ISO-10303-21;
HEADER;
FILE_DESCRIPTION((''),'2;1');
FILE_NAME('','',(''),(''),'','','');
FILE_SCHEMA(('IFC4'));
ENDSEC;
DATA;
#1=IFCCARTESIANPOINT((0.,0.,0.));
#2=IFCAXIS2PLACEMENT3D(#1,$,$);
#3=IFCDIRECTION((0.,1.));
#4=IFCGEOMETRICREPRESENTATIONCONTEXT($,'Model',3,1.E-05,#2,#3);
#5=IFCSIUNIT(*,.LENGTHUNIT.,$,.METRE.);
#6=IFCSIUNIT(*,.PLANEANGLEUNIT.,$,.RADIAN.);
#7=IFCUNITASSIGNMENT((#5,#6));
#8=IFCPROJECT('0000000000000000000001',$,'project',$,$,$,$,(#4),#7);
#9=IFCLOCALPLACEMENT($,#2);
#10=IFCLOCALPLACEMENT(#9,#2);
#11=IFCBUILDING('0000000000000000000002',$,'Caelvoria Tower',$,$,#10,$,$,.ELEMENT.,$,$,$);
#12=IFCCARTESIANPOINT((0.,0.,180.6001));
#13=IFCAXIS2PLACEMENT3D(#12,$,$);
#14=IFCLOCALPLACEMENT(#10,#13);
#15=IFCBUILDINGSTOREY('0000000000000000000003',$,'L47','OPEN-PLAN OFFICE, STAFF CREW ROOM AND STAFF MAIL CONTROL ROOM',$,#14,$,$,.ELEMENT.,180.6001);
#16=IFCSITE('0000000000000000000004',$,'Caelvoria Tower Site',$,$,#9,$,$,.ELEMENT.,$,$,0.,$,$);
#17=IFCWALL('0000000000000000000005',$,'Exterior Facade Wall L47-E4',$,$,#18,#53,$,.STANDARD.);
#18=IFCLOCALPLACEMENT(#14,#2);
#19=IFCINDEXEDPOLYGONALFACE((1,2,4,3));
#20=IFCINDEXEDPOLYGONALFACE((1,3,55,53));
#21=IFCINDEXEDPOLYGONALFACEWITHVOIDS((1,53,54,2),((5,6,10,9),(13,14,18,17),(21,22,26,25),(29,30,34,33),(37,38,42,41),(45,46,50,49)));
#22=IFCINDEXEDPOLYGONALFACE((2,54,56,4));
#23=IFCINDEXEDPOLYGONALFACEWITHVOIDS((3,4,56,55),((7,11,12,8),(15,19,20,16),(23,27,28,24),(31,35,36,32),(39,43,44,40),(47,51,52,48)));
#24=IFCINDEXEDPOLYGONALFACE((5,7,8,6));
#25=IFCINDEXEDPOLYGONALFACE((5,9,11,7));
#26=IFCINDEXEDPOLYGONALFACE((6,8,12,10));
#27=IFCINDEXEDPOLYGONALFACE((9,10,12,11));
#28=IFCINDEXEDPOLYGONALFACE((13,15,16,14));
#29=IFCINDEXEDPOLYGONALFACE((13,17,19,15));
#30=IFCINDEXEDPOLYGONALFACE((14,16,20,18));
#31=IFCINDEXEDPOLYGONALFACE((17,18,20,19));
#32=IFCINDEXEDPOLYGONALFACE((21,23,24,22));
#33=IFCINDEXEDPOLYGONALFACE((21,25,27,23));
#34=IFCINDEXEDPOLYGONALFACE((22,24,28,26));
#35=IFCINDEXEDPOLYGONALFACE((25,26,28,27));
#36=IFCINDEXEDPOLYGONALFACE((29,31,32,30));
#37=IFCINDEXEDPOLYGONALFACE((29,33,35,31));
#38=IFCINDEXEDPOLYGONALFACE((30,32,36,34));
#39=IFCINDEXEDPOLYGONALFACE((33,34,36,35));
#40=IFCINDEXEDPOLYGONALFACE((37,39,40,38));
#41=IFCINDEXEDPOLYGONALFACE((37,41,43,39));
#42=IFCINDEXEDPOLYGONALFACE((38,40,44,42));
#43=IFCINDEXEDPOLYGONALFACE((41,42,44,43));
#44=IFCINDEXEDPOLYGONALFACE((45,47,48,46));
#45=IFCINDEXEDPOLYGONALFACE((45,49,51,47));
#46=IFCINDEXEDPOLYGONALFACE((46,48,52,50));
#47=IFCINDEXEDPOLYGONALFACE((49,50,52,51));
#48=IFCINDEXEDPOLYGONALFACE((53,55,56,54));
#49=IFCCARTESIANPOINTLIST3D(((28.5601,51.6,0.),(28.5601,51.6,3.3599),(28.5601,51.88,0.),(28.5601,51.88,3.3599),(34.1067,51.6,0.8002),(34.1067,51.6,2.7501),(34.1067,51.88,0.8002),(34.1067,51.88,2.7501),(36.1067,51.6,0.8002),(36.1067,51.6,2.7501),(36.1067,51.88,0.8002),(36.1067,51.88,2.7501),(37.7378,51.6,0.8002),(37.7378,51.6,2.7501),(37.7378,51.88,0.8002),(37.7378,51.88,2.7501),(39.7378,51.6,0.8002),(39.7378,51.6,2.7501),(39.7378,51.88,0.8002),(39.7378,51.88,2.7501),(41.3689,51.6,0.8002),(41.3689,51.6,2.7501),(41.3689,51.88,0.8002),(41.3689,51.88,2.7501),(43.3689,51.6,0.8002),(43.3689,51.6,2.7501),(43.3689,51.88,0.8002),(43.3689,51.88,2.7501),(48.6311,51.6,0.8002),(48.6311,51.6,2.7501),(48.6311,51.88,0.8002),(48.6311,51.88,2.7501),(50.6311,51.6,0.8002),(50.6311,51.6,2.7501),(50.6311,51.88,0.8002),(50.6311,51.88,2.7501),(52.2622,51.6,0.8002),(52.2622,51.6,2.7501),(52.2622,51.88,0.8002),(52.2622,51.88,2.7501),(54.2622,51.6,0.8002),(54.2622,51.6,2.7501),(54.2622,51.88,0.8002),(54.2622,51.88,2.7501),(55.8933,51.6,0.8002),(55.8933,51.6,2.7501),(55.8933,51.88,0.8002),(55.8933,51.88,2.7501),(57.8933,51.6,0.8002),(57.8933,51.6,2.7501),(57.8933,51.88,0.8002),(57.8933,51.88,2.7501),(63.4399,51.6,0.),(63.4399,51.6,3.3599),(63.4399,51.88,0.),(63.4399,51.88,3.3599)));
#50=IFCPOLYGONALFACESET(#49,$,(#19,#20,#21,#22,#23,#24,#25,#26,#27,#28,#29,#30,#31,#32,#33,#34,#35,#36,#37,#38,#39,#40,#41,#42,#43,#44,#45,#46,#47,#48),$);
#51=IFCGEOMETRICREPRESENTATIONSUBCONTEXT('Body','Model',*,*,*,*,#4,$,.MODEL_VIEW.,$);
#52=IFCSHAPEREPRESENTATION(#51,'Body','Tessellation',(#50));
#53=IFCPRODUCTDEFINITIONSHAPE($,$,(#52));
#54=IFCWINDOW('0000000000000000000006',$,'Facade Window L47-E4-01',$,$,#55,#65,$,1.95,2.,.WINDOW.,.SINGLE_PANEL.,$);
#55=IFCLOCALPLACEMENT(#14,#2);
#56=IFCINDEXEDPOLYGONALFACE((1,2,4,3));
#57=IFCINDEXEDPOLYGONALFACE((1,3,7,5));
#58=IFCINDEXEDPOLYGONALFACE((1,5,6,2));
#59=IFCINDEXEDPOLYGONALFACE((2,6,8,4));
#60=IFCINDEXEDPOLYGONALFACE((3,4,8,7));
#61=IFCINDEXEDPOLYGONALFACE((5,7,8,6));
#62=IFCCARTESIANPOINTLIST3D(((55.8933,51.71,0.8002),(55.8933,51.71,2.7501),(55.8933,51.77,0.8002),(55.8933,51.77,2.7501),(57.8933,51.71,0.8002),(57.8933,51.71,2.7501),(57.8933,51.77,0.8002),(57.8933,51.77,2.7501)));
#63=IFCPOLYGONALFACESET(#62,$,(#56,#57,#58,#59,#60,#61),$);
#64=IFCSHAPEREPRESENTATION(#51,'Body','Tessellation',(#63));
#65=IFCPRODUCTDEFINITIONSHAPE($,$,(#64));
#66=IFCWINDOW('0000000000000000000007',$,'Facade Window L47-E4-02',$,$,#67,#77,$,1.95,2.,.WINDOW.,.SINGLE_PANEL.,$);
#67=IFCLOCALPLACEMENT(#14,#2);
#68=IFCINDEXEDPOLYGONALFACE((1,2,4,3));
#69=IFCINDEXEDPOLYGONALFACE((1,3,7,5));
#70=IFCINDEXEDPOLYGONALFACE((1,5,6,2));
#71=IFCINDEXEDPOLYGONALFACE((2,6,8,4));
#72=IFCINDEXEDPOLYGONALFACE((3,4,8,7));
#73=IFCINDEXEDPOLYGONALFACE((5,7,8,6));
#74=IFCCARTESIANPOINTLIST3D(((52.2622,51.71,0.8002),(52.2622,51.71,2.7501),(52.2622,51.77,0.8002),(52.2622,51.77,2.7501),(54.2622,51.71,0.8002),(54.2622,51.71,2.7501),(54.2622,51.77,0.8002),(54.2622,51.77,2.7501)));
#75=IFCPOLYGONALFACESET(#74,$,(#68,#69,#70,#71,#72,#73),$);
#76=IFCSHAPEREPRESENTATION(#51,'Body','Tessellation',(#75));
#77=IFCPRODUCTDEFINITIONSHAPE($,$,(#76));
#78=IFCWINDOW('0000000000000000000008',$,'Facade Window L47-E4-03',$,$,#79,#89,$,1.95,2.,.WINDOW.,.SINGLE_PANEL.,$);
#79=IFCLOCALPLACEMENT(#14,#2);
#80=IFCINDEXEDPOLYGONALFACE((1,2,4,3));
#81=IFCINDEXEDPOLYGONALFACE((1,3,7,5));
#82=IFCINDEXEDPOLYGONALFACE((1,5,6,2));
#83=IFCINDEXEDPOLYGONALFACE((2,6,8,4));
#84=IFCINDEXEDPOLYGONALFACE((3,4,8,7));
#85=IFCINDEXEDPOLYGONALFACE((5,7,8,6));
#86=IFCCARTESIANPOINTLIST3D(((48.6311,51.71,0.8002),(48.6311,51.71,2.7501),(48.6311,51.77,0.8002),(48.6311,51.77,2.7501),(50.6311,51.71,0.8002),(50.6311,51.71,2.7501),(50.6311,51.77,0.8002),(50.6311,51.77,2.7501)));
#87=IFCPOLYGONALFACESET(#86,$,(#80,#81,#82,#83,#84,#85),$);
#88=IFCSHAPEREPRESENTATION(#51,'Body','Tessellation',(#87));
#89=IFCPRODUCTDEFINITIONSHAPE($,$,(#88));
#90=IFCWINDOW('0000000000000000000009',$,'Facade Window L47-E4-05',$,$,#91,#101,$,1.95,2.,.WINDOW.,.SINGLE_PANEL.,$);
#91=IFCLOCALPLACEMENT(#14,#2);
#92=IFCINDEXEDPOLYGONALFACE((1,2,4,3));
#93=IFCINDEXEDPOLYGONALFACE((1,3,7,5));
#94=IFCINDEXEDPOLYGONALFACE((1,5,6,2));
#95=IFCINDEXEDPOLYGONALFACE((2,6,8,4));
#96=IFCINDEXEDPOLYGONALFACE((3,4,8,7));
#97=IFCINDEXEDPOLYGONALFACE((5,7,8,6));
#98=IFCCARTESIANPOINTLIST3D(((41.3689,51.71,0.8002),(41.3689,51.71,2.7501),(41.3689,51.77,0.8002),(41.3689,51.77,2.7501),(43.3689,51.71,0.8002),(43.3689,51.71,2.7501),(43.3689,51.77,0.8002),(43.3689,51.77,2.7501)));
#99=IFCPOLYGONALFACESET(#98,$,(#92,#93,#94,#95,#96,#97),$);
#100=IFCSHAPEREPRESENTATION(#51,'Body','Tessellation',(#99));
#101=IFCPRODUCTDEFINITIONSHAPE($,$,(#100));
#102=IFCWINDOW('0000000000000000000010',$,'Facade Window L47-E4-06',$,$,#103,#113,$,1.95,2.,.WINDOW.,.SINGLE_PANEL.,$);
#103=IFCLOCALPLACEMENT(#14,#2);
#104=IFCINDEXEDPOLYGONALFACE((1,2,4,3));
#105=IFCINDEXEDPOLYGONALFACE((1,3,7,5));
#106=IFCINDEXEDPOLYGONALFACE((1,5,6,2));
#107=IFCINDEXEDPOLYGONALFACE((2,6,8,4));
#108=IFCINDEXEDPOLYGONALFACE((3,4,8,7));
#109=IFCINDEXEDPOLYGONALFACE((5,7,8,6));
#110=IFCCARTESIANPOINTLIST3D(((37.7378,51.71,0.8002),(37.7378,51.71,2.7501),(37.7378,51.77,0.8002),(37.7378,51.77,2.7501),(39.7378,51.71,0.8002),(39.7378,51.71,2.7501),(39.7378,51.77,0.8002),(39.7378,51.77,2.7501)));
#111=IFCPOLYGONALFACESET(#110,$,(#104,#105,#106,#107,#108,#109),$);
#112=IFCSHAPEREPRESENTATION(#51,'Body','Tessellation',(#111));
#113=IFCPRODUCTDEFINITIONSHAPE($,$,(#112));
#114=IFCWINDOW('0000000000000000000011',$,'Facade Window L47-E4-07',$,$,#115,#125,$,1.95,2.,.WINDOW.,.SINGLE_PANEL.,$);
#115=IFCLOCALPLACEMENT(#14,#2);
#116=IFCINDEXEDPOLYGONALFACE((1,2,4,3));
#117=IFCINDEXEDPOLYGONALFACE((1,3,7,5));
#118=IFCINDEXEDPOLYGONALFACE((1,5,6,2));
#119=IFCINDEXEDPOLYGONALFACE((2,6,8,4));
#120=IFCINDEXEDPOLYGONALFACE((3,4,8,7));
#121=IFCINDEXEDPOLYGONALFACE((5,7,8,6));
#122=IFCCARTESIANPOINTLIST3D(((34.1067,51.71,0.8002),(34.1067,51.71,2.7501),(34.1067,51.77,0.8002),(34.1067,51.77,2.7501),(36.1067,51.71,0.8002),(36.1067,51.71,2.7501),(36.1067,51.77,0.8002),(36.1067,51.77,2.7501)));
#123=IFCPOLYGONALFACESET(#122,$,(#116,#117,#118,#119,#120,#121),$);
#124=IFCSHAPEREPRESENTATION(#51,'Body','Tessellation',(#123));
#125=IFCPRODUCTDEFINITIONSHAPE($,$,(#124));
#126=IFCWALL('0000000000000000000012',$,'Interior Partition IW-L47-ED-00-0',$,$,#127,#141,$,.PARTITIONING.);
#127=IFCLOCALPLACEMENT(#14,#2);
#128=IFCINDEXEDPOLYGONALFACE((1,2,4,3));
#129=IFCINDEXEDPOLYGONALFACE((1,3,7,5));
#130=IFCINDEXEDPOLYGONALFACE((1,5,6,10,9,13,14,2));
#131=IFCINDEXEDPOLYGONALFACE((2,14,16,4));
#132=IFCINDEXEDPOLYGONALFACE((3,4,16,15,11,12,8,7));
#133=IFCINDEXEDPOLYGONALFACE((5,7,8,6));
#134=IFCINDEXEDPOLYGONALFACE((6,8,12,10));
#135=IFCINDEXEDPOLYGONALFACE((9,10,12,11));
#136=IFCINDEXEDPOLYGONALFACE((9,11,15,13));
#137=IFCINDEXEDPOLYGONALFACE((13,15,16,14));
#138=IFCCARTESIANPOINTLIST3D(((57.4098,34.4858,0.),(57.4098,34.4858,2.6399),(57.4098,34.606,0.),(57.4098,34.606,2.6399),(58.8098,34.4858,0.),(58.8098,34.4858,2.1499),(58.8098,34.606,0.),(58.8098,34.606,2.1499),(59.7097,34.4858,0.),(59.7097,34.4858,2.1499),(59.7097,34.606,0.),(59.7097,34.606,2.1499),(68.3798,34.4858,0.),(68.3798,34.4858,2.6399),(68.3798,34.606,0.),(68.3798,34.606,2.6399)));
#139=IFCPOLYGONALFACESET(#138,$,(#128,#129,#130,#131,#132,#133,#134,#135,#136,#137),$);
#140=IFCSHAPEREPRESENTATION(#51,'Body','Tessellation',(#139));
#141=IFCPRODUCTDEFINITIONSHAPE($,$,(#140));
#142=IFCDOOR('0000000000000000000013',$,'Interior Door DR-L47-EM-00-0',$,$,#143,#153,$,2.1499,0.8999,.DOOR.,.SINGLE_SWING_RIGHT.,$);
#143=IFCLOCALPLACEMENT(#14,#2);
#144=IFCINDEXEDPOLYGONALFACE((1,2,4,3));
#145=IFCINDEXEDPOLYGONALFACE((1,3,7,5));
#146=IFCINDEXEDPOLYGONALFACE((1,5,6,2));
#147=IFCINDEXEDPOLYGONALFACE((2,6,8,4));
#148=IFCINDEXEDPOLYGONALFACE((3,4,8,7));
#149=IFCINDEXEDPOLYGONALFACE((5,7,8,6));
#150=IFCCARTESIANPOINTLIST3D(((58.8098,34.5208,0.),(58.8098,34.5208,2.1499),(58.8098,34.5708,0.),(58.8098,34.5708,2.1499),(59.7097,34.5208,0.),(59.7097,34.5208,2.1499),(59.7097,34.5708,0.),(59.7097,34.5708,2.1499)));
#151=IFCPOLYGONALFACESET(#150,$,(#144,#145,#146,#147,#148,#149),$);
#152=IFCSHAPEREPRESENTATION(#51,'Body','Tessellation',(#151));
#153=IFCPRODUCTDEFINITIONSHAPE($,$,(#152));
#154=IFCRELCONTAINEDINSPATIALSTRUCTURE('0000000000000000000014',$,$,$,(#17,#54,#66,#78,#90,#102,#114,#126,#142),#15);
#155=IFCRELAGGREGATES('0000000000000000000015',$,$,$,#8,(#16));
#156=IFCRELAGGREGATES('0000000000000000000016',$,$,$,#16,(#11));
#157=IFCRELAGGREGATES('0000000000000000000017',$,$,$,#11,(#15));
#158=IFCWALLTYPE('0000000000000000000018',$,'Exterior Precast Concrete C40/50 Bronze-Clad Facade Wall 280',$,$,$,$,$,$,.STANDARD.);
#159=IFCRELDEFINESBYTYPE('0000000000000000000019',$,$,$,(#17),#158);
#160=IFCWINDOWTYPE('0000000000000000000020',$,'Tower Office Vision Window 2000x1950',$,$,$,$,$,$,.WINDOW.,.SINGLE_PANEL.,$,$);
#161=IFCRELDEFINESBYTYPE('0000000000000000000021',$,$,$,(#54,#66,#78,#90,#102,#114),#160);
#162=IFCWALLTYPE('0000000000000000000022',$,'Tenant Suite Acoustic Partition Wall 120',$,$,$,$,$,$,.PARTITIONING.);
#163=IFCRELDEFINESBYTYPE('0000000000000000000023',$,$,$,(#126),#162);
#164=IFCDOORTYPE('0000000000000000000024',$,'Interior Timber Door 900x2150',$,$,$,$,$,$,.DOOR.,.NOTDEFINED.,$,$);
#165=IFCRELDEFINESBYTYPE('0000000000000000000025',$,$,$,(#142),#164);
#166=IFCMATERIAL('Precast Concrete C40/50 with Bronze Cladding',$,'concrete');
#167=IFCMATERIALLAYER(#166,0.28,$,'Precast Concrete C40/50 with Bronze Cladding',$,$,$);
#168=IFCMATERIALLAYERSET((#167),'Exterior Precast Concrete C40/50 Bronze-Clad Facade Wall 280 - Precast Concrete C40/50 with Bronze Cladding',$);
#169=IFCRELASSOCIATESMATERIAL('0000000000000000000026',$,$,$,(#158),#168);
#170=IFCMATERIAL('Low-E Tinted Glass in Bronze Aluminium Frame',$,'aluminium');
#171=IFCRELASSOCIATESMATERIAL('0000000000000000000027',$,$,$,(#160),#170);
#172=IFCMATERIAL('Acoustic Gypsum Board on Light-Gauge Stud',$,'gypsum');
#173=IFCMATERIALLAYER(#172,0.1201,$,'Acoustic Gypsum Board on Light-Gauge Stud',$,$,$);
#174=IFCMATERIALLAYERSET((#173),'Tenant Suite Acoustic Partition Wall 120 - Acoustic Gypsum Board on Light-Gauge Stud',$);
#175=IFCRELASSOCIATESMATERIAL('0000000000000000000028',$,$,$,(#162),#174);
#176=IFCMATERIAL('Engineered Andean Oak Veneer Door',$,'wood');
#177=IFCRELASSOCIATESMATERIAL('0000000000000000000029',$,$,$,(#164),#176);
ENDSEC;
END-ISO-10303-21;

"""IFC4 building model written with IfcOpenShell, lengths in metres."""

from ifc_helpers import new_model, si_unit, direction, frame, frame_2d, origin, place, context, subcontext, project, spatial, rectangle, extrude, material, layer, layer_set, type_object, element, fill, save


model = new_model("IFC4")

# Units and contexts
model_context = context("Model", 3, precision=1e-05, world=origin(), true_north=direction((0.0, 1.0)))
body_context = subcontext(model_context, "Body", "Model", "MODEL_VIEW")
ifc_project = project(units=[si_unit("LENGTHUNIT", "METRE"), si_unit("PLANEANGLEUNIT", "RADIAN")], contexts=[model_context])

# Site, building, storey
site_placement = place(None, origin())
site = spatial("IfcSite", under=ifc_project, at=site_placement, Name="Caelvoria Tower Site", CompositionType="ELEMENT", RefElevation=0.0)
building_placement = place(site_placement, origin())
building = spatial("IfcBuilding", under=site, at=building_placement, Name="Caelvoria Tower", CompositionType="ELEMENT")
storey_placement = place(building_placement, frame((0.0, 0.0, 180.6001)))
storey = spatial("IfcBuildingStorey", under=building, at=storey_placement, Name="L47", Description="OPEN-PLAN OFFICE, STAFF CREW ROOM AND STAFF MAIL CONTROL ROOM", CompositionType="ELEMENT", Elevation=180.6001)

# Shared definitions
ifc_material_1 = material(Name="Precast Concrete C40/50 with Bronze Cladding", Category="concrete")
ifc_layer_1 = layer(ifc_material_1, 0.28, Name="Precast Concrete C40/50 with Bronze Cladding")
ifc_layer_set_1 = layer_set([ifc_layer_1], Name="Exterior Precast Concrete C40/50 Bronze-Clad Facade Wall 280 - Precast Concrete C40/50 with Bronze Cladding")
wall_type_1 = type_object("IfcWallType", Name="Exterior Precast Concrete C40/50 Bronze-Clad Facade Wall 280", PredefinedType="STANDARD", material=ifc_layer_set_1)

# Wall, openings, windows
wall_1_placement = place(storey_placement, frame((63.4399, 51.74, 0.0), z_axis=(0.0, 0.0, 1.0), x_axis=(-1.0, 0.0, 0.0)))
wall_1 = element("IfcWall", 1, at=wall_1_placement, inside=storey, type_object=wall_type_1, Name="Exterior Facade Wall L47-E4", PredefinedType="STANDARD", context=body_context, shape_type="SweptSolid", body=[
    extrude(rectangle(XDim=34.8799, YDim=0.28, at=frame_2d((17.4399, 0.0))), origin(), (0.0, 0.0, 1.0), 3.3599),
])
opening_1_placement = place(wall_1_placement, frame((5.5466, 0.0, 0.8)))
opening_1 = element("IfcOpeningElement", 2, at=opening_1_placement, cuts=wall_1, PredefinedType="OPENING", context=body_context, shape_type="SweptSolid", body=[
    extrude(rectangle(XDim=2.0, YDim=1.95, at=frame_2d((1.0, 0.9751))), frame((0.0, 0.1499, 0.0), z_axis=(0.0, -1.0, 0.0), x_axis=(1.0, 0.0, 0.0)), (0.0, 0.0, 1.0), 0.3),
])
opening_2_placement = place(wall_1_placement, frame((9.1777, 0.0, 0.8)))
opening_2 = element("IfcOpeningElement", 3, at=opening_2_placement, cuts=wall_1, PredefinedType="OPENING", context=body_context, shape_type="SweptSolid", body=[
    extrude(rectangle(XDim=2.0, YDim=1.95, at=frame_2d((1.0, 0.9751))), frame((0.0, 0.1499, 0.0), z_axis=(0.0, -1.0, 0.0), x_axis=(1.0, 0.0, 0.0)), (0.0, 0.0, 1.0), 0.3),
])
opening_3_placement = place(wall_1_placement, frame((12.8088, 0.0, 0.8)))
opening_3 = element("IfcOpeningElement", 4, at=opening_3_placement, cuts=wall_1, PredefinedType="OPENING", context=body_context, shape_type="SweptSolid", body=[
    extrude(rectangle(XDim=2.0, YDim=1.95, at=frame_2d((1.0, 0.9751))), frame((0.0, 0.1499, 0.0), z_axis=(0.0, -1.0, 0.0), x_axis=(1.0, 0.0, 0.0)), (0.0, 0.0, 1.0), 0.3),
])
opening_4_placement = place(wall_1_placement, frame((20.071, 0.0, 0.8)))
opening_4 = element("IfcOpeningElement", 5, at=opening_4_placement, cuts=wall_1, PredefinedType="OPENING", context=body_context, shape_type="SweptSolid", body=[
    extrude(rectangle(XDim=2.0, YDim=1.95, at=frame_2d((1.0, 0.9751))), frame((0.0, 0.1499, 0.0), z_axis=(0.0, -1.0, 0.0), x_axis=(1.0, 0.0, 0.0)), (0.0, 0.0, 1.0), 0.3),
])
opening_5_placement = place(wall_1_placement, frame((23.7021, 0.0, 0.8)))
opening_5 = element("IfcOpeningElement", 6, at=opening_5_placement, cuts=wall_1, PredefinedType="OPENING", context=body_context, shape_type="SweptSolid", body=[
    extrude(rectangle(XDim=2.0, YDim=1.95, at=frame_2d((1.0, 0.9751))), frame((0.0, 0.1499, 0.0), z_axis=(0.0, -1.0, 0.0), x_axis=(1.0, 0.0, 0.0)), (0.0, 0.0, 1.0), 0.3),
])
opening_6_placement = place(wall_1_placement, frame((27.3333, 0.0, 0.8)))
opening_6 = element("IfcOpeningElement", 7, at=opening_6_placement, cuts=wall_1, PredefinedType="OPENING", context=body_context, shape_type="SweptSolid", body=[
    extrude(rectangle(XDim=2.0, YDim=1.95, at=frame_2d((1.0, 0.9751))), frame((0.0, 0.1499, 0.0), z_axis=(0.0, -1.0, 0.0), x_axis=(1.0, 0.0, 0.0)), (0.0, 0.0, 1.0), 0.3),
])
ifc_material_2 = material(Name="Low-E Tinted Glass in Bronze Aluminium Frame", Category="aluminium")
window_type = type_object("IfcWindowType", Name="Tower Office Vision Window 2000x1950", PartitioningType="SINGLE_PANEL", PredefinedType="WINDOW", material=ifc_material_2)
window_1_placement = place(opening_1_placement, origin())
window_1 = element("IfcWindow", 8, at=window_1_placement, inside=storey, type_object=window_type, Name="Facade Window L47-E4-01", OverallHeight=1.95, OverallWidth=2.0, PartitioningType="SINGLE_PANEL", PredefinedType="WINDOW", context=body_context, shape_type="SweptSolid", body=[
    extrude(rectangle(XDim=2.0, YDim=1.95, at=frame_2d((1.0, 0.9751))), frame((0.0, 0.03, 0.0), z_axis=(0.0, -1.0, 0.0), x_axis=(1.0, 0.0, 0.0)), (0.0, 0.0, 1.0), 0.0601),
])
fill(opening_1, window_1)
window_2_placement = place(opening_2_placement, origin())
window_2 = element("IfcWindow", 9, at=window_2_placement, inside=storey, type_object=window_type, Name="Facade Window L47-E4-02", OverallHeight=1.95, OverallWidth=2.0, PartitioningType="SINGLE_PANEL", PredefinedType="WINDOW", context=body_context, shape_type="SweptSolid", body=[
    extrude(rectangle(XDim=2.0, YDim=1.95, at=frame_2d((1.0, 0.9751))), frame((0.0, 0.03, 0.0), z_axis=(0.0, -1.0, 0.0), x_axis=(1.0, 0.0, 0.0)), (0.0, 0.0, 1.0), 0.0601),
])
fill(opening_2, window_2)
window_3_placement = place(opening_3_placement, origin())
window_3 = element("IfcWindow", 10, at=window_3_placement, inside=storey, type_object=window_type, Name="Facade Window L47-E4-03", OverallHeight=1.95, OverallWidth=2.0, PartitioningType="SINGLE_PANEL", PredefinedType="WINDOW", context=body_context, shape_type="SweptSolid", body=[
    extrude(rectangle(XDim=2.0, YDim=1.95, at=frame_2d((1.0, 0.9751))), frame((0.0, 0.03, 0.0), z_axis=(0.0, -1.0, 0.0), x_axis=(1.0, 0.0, 0.0)), (0.0, 0.0, 1.0), 0.0601),
])
fill(opening_3, window_3)
window_4_placement = place(opening_4_placement, origin())
window_4 = element("IfcWindow", 11, at=window_4_placement, inside=storey, type_object=window_type, Name="Facade Window L47-E4-05", OverallHeight=1.95, OverallWidth=2.0, PartitioningType="SINGLE_PANEL", PredefinedType="WINDOW", context=body_context, shape_type="SweptSolid", body=[
    extrude(rectangle(XDim=2.0, YDim=1.95, at=frame_2d((1.0, 0.9751))), frame((0.0, 0.03, 0.0), z_axis=(0.0, -1.0, 0.0), x_axis=(1.0, 0.0, 0.0)), (0.0, 0.0, 1.0), 0.0601),
])
fill(opening_4, window_4)
window_5_placement = place(opening_5_placement, origin())
window_5 = element("IfcWindow", 12, at=window_5_placement, inside=storey, type_object=window_type, Name="Facade Window L47-E4-06", OverallHeight=1.95, OverallWidth=2.0, PartitioningType="SINGLE_PANEL", PredefinedType="WINDOW", context=body_context, shape_type="SweptSolid", body=[
    extrude(rectangle(XDim=2.0, YDim=1.95, at=frame_2d((1.0, 0.9751))), frame((0.0, 0.03, 0.0), z_axis=(0.0, -1.0, 0.0), x_axis=(1.0, 0.0, 0.0)), (0.0, 0.0, 1.0), 0.0601),
])
fill(opening_5, window_5)
window_6_placement = place(opening_6_placement, origin())
window_6 = element("IfcWindow", 13, at=window_6_placement, inside=storey, type_object=window_type, Name="Facade Window L47-E4-07", OverallHeight=1.95, OverallWidth=2.0, PartitioningType="SINGLE_PANEL", PredefinedType="WINDOW", context=body_context, shape_type="SweptSolid", body=[
    extrude(rectangle(XDim=2.0, YDim=1.95, at=frame_2d((1.0, 0.9751))), frame((0.0, 0.03, 0.0), z_axis=(0.0, -1.0, 0.0), x_axis=(1.0, 0.0, 0.0)), (0.0, 0.0, 1.0), 0.0601),
])
fill(opening_6, window_6)

# Wall, opening, door
ifc_material_3 = material(Name="Acoustic Gypsum Board on Light-Gauge Stud", Category="gypsum")
ifc_layer_2 = layer(ifc_material_3, 0.1201, Name="Acoustic Gypsum Board on Light-Gauge Stud")
ifc_layer_set_2 = layer_set([ifc_layer_2], Name="Tenant Suite Acoustic Partition Wall 120 - Acoustic Gypsum Board on Light-Gauge Stud")
wall_type_2 = type_object("IfcWallType", Name="Tenant Suite Acoustic Partition Wall 120", PredefinedType="PARTITIONING", material=ifc_layer_set_2)
wall_2_placement = place(storey_placement, frame((57.4099, 34.5459, 0.0), z_axis=(0.0, 0.0, 1.0), x_axis=(1.0, 0.0, 0.0)))
wall_2 = element("IfcWall", 14, at=wall_2_placement, inside=storey, type_object=wall_type_2, Name="Interior Partition IW-L47-ED-00-0", PredefinedType="PARTITIONING", context=body_context, shape_type="SweptSolid", body=[
    extrude(rectangle(XDim=10.97, YDim=0.1201, at=frame_2d((5.4849, 0.0))), origin(), (0.0, 0.0, 1.0), 2.6399),
])
opening_7_placement = place(wall_2_placement, frame((1.3999, 0.0, 0.0)))
opening_7 = element("IfcOpeningElement", 15, at=opening_7_placement, cuts=wall_2, PredefinedType="OPENING", context=body_context, shape_type="SweptSolid", body=[
    extrude(rectangle(XDim=0.8999, YDim=2.1499, at=frame_2d((0.45, 1.075))), frame((0.0, 0.0701, 0.0), z_axis=(0.0, -1.0, 0.0), x_axis=(1.0, 0.0, 0.0)), (0.0, 0.0, 1.0), 0.1401),
])
ifc_material_4 = material(Name="Engineered Andean Oak Veneer Door", Category="wood")
door_type = type_object("IfcDoorType", Name="Interior Timber Door 900x2150", OperationType="NOTDEFINED", PredefinedType="DOOR", material=ifc_material_4)
door_placement = place(opening_7_placement, origin())
door = element("IfcDoor", 16, at=door_placement, inside=storey, type_object=door_type, Name="Interior Door DR-L47-EM-00-0", OperationType="SINGLE_SWING_RIGHT", OverallHeight=2.1499, OverallWidth=0.8999, PredefinedType="DOOR", context=body_context, shape_type="SweptSolid", body=[
    extrude(rectangle(XDim=0.8999, YDim=2.1499, at=frame_2d((0.45, 1.075))), frame((0.0, 0.0249, 0.0), z_axis=(0.0, -1.0, 0.0), x_axis=(1.0, 0.0, 0.0)), (0.0, 0.0, 1.0), 0.05),
])
fill(opening_7, door)

save(model, "model.ifc")
